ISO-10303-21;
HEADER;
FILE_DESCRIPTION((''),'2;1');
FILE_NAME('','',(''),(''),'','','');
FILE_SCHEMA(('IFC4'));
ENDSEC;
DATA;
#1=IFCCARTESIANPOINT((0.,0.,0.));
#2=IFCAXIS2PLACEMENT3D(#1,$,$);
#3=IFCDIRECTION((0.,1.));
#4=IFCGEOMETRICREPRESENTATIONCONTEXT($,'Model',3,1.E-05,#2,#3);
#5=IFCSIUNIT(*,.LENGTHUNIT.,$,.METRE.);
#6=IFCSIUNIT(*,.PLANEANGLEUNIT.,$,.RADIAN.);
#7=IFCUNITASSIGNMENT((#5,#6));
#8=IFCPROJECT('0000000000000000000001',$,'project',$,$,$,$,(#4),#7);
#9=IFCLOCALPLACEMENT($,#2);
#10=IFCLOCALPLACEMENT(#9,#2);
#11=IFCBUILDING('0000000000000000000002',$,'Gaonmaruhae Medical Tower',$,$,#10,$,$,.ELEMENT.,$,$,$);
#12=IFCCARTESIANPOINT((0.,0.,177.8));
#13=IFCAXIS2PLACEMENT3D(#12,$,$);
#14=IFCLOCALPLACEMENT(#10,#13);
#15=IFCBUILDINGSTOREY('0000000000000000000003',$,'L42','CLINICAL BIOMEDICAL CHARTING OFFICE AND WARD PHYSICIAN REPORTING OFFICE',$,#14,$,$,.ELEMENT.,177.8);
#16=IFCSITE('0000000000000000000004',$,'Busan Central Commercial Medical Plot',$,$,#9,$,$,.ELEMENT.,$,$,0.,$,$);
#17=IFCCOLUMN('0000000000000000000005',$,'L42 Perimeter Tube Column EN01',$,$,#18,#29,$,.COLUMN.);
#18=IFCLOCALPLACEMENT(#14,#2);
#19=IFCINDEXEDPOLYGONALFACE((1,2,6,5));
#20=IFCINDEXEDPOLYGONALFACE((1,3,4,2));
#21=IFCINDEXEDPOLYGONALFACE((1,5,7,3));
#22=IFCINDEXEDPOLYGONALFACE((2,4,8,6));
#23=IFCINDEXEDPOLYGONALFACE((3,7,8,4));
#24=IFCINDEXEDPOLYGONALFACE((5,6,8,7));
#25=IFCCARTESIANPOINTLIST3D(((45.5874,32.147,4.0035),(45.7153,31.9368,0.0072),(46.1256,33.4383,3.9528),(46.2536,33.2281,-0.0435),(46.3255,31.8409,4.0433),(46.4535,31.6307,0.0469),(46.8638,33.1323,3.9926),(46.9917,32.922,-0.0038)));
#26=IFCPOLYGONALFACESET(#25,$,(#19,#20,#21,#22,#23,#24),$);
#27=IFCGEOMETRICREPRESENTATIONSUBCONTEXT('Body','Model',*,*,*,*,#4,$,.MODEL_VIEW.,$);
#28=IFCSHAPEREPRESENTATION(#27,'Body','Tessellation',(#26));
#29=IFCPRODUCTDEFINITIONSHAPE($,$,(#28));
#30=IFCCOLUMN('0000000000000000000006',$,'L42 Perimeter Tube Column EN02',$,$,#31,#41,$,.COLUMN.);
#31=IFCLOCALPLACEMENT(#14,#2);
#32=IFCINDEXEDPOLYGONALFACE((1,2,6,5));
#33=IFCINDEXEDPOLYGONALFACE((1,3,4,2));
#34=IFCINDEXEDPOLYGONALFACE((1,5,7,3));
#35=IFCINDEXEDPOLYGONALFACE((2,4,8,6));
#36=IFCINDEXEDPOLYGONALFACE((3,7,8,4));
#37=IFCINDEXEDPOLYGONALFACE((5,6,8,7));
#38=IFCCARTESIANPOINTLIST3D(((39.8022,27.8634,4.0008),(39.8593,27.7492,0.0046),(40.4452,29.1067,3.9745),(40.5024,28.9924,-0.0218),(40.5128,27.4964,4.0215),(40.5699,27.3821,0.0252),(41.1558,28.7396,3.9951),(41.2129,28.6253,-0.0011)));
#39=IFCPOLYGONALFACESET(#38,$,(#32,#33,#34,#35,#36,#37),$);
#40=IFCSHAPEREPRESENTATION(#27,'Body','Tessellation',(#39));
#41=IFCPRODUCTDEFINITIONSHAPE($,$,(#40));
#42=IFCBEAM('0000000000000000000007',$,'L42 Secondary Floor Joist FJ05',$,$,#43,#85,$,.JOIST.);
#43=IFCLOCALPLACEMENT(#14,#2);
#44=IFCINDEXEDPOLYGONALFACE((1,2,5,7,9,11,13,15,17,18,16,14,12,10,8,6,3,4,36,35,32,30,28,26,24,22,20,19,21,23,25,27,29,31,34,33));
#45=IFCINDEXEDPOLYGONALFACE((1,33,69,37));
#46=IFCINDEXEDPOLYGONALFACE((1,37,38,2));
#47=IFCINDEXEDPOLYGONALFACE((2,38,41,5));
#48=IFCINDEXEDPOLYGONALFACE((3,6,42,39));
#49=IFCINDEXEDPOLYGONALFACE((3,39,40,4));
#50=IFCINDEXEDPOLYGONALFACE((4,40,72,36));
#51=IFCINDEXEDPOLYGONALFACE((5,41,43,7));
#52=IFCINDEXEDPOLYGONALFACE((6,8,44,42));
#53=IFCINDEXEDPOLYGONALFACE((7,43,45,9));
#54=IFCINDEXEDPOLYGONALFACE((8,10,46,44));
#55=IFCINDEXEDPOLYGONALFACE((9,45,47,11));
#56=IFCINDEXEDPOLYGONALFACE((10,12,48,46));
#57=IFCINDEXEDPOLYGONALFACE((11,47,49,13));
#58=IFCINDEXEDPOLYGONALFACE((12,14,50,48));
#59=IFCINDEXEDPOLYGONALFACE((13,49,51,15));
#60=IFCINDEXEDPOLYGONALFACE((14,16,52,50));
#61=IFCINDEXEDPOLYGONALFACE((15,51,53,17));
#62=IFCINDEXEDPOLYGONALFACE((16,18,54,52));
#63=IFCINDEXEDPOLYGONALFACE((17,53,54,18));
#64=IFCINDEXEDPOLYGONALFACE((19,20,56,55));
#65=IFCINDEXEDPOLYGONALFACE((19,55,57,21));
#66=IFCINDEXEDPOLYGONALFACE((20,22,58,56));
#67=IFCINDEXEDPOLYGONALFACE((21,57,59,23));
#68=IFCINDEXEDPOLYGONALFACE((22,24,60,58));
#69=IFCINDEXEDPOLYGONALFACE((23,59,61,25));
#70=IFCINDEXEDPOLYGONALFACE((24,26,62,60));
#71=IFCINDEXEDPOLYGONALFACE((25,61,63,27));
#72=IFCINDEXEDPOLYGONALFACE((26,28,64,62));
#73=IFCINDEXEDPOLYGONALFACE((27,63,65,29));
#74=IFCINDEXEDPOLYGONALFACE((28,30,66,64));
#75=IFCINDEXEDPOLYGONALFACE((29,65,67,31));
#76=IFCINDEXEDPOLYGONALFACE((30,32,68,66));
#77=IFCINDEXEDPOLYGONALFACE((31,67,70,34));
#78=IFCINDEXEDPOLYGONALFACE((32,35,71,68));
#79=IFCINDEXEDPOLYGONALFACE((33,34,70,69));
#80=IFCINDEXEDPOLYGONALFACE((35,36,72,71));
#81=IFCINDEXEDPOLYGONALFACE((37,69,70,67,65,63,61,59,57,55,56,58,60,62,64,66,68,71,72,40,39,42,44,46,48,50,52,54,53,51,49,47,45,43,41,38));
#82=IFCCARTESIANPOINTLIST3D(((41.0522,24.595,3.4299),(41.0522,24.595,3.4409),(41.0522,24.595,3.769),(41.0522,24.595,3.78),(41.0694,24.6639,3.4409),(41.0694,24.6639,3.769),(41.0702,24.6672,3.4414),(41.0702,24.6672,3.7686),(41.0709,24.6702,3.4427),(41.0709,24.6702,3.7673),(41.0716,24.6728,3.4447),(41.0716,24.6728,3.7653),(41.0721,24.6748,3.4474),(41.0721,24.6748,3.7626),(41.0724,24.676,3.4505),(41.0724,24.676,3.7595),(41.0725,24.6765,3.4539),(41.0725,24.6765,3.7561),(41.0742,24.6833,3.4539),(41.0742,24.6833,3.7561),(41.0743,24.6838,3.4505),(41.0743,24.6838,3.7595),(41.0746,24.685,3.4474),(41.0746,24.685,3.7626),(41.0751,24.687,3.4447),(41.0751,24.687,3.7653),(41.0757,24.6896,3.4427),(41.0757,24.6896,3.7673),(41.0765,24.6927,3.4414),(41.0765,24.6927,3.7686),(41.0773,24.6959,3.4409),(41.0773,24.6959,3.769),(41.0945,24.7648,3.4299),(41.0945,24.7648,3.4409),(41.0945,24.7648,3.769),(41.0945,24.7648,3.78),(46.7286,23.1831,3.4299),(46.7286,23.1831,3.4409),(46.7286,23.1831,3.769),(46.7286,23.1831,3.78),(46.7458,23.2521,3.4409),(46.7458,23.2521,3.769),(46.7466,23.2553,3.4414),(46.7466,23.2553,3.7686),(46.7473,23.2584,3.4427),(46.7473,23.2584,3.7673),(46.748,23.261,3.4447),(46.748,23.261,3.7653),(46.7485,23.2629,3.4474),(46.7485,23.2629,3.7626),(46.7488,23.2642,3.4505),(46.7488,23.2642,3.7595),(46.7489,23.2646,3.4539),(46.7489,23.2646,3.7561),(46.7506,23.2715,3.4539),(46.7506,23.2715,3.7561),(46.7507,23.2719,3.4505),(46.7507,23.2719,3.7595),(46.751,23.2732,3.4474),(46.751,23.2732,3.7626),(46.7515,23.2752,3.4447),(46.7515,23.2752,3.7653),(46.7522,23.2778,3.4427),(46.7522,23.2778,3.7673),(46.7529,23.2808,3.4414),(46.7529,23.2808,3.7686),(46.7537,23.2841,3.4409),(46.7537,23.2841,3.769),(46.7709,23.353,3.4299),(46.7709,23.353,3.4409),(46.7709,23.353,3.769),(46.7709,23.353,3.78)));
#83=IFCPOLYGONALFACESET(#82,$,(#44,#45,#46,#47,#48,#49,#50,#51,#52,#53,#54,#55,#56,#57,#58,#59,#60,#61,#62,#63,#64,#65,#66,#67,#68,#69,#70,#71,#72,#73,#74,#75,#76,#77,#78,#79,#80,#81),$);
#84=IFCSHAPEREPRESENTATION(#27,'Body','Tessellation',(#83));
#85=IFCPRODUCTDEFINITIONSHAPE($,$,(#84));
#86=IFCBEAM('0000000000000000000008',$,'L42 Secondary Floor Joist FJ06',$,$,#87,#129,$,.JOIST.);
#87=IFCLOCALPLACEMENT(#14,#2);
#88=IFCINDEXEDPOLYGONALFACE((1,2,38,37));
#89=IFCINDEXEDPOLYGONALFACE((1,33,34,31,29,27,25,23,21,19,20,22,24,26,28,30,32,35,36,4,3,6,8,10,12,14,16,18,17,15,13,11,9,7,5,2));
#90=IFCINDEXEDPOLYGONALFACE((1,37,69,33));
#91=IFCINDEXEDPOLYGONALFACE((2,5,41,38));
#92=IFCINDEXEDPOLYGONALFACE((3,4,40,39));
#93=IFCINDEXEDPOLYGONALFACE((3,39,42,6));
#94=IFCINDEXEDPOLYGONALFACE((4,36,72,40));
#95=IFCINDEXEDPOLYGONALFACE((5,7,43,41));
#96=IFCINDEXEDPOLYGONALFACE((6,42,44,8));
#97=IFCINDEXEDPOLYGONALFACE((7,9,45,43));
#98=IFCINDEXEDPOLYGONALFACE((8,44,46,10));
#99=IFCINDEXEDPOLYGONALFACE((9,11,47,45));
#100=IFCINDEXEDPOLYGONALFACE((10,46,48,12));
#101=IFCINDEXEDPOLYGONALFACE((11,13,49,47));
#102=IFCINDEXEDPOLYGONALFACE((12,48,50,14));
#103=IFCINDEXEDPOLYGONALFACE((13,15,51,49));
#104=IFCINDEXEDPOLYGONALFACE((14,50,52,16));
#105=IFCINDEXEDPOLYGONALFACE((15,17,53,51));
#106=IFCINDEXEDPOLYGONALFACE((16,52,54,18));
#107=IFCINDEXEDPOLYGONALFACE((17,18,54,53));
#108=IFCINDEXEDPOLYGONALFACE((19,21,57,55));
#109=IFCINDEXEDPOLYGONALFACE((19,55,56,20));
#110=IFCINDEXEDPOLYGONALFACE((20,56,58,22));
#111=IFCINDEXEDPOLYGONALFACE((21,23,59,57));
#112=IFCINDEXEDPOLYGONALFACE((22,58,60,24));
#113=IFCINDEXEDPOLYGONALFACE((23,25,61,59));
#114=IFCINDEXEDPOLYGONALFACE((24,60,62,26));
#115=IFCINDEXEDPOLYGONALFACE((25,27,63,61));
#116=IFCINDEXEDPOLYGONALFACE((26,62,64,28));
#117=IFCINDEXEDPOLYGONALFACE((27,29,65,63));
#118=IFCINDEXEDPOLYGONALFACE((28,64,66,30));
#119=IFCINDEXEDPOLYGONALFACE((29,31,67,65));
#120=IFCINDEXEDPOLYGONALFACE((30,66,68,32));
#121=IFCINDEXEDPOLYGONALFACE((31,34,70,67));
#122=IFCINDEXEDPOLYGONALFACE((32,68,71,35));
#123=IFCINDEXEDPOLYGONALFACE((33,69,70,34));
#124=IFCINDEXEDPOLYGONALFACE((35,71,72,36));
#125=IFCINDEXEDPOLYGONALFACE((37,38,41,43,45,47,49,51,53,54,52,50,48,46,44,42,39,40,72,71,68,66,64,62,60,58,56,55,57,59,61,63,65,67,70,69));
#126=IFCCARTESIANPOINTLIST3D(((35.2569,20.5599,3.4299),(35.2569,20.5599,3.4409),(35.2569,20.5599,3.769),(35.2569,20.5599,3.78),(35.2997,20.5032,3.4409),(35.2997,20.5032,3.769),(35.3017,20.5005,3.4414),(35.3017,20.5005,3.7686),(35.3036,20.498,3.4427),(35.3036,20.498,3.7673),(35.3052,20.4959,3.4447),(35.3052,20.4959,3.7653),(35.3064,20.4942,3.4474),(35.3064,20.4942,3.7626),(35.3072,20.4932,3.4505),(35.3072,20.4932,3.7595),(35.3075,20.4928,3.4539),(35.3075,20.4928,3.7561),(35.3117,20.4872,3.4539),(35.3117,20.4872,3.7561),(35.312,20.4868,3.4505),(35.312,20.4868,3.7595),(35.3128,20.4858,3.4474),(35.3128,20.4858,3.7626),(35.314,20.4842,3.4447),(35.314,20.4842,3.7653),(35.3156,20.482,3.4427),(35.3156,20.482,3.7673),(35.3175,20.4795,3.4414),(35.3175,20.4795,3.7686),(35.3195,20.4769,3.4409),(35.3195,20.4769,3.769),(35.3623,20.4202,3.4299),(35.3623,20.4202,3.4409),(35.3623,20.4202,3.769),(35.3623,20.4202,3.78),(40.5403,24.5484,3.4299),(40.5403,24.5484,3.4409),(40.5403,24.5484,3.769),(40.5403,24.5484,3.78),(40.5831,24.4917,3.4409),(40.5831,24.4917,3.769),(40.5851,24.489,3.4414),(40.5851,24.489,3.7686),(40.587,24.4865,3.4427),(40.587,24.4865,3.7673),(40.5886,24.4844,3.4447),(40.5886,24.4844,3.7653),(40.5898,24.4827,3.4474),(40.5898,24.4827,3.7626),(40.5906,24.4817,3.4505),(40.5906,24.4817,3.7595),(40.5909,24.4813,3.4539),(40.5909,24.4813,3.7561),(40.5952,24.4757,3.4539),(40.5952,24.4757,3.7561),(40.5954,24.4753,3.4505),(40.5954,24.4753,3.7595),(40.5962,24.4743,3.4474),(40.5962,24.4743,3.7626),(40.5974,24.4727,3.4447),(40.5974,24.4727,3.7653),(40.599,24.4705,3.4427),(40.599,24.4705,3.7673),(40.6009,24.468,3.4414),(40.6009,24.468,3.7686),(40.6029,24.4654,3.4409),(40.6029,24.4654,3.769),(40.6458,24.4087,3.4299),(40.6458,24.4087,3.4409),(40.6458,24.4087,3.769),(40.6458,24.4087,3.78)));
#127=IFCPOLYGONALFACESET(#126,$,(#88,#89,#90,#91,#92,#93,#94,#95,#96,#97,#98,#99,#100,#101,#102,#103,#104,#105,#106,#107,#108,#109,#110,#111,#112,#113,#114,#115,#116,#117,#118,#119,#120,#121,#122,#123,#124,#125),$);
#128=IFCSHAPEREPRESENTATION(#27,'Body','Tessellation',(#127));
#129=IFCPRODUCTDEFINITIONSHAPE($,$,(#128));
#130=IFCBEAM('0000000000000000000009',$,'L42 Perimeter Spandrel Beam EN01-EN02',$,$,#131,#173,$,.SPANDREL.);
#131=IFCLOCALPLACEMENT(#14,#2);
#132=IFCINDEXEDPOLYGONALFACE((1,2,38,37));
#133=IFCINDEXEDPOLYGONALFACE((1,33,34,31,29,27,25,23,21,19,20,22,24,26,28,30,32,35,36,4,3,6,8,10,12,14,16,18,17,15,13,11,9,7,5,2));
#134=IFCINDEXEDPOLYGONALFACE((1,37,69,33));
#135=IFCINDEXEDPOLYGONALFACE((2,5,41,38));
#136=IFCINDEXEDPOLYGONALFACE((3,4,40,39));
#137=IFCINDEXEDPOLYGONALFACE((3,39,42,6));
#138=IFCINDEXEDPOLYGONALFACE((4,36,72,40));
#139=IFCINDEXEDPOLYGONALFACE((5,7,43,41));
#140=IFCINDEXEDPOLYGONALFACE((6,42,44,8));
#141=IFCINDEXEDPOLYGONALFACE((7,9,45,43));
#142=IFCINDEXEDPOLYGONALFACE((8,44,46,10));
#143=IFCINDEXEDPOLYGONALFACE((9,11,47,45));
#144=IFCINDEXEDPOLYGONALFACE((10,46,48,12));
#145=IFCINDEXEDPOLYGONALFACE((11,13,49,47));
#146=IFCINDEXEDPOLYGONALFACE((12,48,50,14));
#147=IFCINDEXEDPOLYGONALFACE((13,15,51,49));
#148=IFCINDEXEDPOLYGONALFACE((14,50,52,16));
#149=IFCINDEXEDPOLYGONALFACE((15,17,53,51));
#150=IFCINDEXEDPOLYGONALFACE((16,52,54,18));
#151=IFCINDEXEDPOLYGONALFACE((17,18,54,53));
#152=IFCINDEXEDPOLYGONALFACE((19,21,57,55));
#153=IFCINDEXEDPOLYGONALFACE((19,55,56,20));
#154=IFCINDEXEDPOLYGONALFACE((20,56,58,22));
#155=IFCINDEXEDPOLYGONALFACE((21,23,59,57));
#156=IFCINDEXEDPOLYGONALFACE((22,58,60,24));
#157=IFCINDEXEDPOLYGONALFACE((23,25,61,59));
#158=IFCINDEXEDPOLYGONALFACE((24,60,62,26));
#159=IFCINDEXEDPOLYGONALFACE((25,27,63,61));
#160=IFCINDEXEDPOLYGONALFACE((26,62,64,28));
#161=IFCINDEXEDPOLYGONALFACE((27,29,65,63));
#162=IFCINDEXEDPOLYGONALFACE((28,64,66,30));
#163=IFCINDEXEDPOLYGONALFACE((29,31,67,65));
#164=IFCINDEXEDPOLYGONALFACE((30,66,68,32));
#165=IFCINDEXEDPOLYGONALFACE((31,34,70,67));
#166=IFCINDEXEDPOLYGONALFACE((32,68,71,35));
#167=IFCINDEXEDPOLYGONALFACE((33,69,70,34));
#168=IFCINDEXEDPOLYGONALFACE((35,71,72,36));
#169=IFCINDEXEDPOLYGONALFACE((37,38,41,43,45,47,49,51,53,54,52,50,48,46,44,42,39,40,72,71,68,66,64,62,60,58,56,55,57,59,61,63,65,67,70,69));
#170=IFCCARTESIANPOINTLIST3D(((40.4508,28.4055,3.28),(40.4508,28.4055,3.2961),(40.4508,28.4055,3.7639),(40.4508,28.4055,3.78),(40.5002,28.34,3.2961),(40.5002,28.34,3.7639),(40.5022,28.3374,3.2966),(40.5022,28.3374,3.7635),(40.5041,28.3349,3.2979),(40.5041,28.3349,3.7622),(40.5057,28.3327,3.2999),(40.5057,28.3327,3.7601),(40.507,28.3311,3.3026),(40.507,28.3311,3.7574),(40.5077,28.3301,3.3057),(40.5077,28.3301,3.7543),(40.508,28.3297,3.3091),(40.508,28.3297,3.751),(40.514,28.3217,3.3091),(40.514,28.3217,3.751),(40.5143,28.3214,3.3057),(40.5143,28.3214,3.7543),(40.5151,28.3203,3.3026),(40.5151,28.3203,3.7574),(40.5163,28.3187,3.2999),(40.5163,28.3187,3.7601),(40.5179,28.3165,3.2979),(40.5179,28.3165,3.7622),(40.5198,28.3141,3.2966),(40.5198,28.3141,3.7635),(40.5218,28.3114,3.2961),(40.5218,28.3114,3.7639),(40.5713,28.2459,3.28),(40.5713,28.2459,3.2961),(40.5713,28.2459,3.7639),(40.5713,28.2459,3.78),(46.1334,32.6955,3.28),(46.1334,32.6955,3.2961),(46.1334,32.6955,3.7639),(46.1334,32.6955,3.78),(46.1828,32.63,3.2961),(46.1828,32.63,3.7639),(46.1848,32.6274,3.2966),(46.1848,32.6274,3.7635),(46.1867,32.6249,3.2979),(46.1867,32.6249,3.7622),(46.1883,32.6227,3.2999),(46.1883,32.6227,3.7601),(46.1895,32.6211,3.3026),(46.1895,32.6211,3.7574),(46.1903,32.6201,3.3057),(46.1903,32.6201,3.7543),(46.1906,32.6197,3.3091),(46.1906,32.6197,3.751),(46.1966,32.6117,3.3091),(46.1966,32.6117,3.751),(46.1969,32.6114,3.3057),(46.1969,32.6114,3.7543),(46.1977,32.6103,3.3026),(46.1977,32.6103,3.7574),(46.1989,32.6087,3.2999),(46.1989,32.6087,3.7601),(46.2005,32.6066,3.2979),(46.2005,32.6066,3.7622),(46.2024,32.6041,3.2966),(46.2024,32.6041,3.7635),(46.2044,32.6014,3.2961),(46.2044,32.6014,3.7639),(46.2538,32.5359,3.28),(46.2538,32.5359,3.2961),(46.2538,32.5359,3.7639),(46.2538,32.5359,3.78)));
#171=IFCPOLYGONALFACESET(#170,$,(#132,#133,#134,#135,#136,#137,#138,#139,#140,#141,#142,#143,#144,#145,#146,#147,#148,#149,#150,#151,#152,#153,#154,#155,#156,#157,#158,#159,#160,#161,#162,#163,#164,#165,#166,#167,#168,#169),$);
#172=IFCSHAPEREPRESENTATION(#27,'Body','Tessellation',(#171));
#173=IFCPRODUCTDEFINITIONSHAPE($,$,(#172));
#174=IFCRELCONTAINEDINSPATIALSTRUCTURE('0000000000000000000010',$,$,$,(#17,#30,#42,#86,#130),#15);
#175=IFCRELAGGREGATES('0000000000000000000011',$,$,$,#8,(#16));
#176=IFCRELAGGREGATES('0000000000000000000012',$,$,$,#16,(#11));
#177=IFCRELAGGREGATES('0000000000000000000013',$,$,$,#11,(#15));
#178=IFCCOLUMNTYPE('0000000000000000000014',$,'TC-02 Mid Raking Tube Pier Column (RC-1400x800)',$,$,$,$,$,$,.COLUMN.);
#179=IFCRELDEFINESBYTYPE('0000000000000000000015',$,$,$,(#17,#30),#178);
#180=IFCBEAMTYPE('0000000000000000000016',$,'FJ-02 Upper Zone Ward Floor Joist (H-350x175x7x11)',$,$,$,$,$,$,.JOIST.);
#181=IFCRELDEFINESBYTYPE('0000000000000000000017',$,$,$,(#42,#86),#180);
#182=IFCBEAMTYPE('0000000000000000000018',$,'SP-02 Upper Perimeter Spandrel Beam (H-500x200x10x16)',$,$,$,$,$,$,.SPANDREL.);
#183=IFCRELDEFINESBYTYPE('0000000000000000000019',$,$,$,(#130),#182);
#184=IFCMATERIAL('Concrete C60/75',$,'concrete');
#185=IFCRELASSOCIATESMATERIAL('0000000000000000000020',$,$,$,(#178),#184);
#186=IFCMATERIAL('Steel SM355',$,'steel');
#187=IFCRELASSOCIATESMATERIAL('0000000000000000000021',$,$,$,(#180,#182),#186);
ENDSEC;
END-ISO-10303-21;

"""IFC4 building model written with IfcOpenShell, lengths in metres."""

from ifc_helpers import new_model, si_unit, direction, frame, origin, origin_2d, place, context, subcontext, project, spatial, rectangle, i_section, extrude, material, material_profile, profile_set, type_object, element, save


model = new_model("IFC4")

# Units and contexts
model_context = context("Model", 3, precision=1e-05, world=origin(), true_north=direction((0.0, 1.0)))
body_context = subcontext(model_context, "Body", "Model", "MODEL_VIEW")
ifc_project = project(units=[si_unit("LENGTHUNIT", "METRE"), si_unit("PLANEANGLEUNIT", "RADIAN")], contexts=[model_context])

# Site, building, storey
site_placement = place(None, origin())
site = spatial("IfcSite", under=ifc_project, at=site_placement, Name="Busan Central Commercial Medical Plot", CompositionType="ELEMENT", RefElevation=0.0)
building_placement = place(site_placement, origin())
building = spatial("IfcBuilding", under=site, at=building_placement, Name="Gaonmaruhae Medical Tower", CompositionType="ELEMENT")
storey_placement = place(building_placement, frame((0.0, 0.0, 177.8)))
storey = spatial("IfcBuildingStorey", under=building, at=storey_placement, Name="L42", Description="CLINICAL BIOMEDICAL CHARTING OFFICE AND WARD PHYSICIAN REPORTING OFFICE", CompositionType="ELEMENT", Elevation=177.8)

# Columns
ifc_material_1 = material(Name="Concrete C60/75", Category="concrete")
ifc_material_profile_1 = material_profile(ifc_material_1, rectangle(XDim=1.3999, YDim=0.8, at=origin_2d()), Name="RC-1400x800")
ifc_profile_set_1 = profile_set([ifc_material_profile_1], Name="Concrete C60/75")
column_type = type_object("IfcColumnType", Name="TC-02 Mid Raking Tube Pier Column (RC-1400x800)", PredefinedType="COLUMN", material=ifc_profile_set_1)
column_1_placement = place(storey_placement, frame((46.3535, 32.4294, 0.0017), z_axis=(-0.031951, 0.0525, 0.99811), x_axis=(-0.38448, -0.922423, 0.036211)))
element("IfcColumn", 1, at=column_1_placement, inside=storey, type_object=column_type, Name="L42 Perimeter Tube Column EN01", PredefinedType="COLUMN", context=body_context, shape_type="SweptSolid", body=[
    extrude(rectangle(XDim=1.3999, YDim=0.8, at=origin_2d()), origin(), (0.0, 0.0, 1.0), 4.0039),
])
column_2_placement = place(storey_placement, frame((40.5361, 28.1873, 0.0017), z_axis=(-0.014288, 0.028576, 0.99949), x_axis=(-0.459326, -0.888068, 0.018824)))
element("IfcColumn", 2, at=column_2_placement, inside=storey, type_object=column_type, Name="L42 Perimeter Tube Column EN02", PredefinedType="COLUMN", context=body_context, shape_type="SweptSolid", body=[
    extrude(rectangle(XDim=1.3999, YDim=0.8, at=origin_2d()), origin(), (0.0, 0.0, 1.0), 3.9983),
])

# Beams
ifc_material_2 = material(Name="Steel SM355", Category="steel")
ifc_material_profile_2 = material_profile(ifc_material_2, i_section(OverallWidth=0.175, OverallDepth=0.3501, WebThickness=0.0071, FlangeThickness=0.011, FilletRadius=0.0129, at=origin_2d()), Name="H-350x175x7x11")
ifc_profile_set_2 = profile_set([ifc_material_profile_2], Name="Steel SM355")
beam_type_1 = type_object("IfcBeamType", Name="FJ-02 Upper Zone Ward Floor Joist (H-350x175x7x11)", PredefinedType="JOIST", material=ifc_profile_set_2)
beam_1_placement = place(storey_placement, frame((46.7498, 23.2681, 3.605), z_axis=(-0.970434, 0.241367, 0.0), x_axis=(-0.241367, -0.970434, 0.0)))
element("IfcBeam", 3, at=beam_1_placement, inside=storey, type_object=beam_type_1, Name="L42 Secondary Floor Joist FJ05", PredefinedType="JOIST", context=body_context, shape_type="SweptSolid", body=[
    extrude(i_section(OverallWidth=0.175, OverallDepth=0.3501, WebThickness=0.0071, FlangeThickness=0.011, FilletRadius=0.0129, at=origin_2d()), origin(), (0.0, 0.0, 1.0), 5.8494),
])
beam_2_placement = place(storey_placement, frame((40.593, 24.4785, 3.605), z_axis=(-0.798115, -0.602505, 0.0), x_axis=(0.602505, -0.798115, 0.0)))
element("IfcBeam", 4, at=beam_2_placement, inside=storey, type_object=beam_type_1, Name="L42 Secondary Floor Joist FJ06", PredefinedType="JOIST", context=body_context, shape_type="SweptSolid", body=[
    extrude(i_section(OverallWidth=0.175, OverallDepth=0.3501, WebThickness=0.0071, FlangeThickness=0.011, FilletRadius=0.0129, at=origin_2d()), origin(), (0.0, 0.0, 1.0), 6.6199),
])
ifc_material_profile_3 = material_profile(ifc_material_2, i_section(OverallWidth=0.2, OverallDepth=0.5, WebThickness=0.01, FlangeThickness=0.0161, FilletRadius=0.0129, at=origin_2d()), Name="H-500x200x10x16")
ifc_profile_set_3 = profile_set([ifc_material_profile_3], Name="Steel SM355")
beam_type_2 = type_object("IfcBeamType", Name="SP-02 Upper Perimeter Spandrel Beam (H-500x200x10x16)", PredefinedType="SPANDREL", material=ifc_profile_set_3)
beam_3_placement = place(storey_placement, frame((46.1936, 32.6157, 3.53), z_axis=(-0.798103, -0.602521, 0.0), x_axis=(0.602521, -0.798103, 0.0)))
element("IfcBeam", 5, at=beam_3_placement, inside=storey, type_object=beam_type_2, Name="L42 Perimeter Spandrel Beam EN01-EN02", PredefinedType="SPANDREL", context=body_context, shape_type="SweptSolid", body=[
    extrude(i_section(OverallWidth=0.2, OverallDepth=0.5, WebThickness=0.01, FlangeThickness=0.0161, FilletRadius=0.0129, at=origin_2d()), origin(), (0.0, 0.0, 1.0), 7.1201),
])

save(model, "model.ifc")
